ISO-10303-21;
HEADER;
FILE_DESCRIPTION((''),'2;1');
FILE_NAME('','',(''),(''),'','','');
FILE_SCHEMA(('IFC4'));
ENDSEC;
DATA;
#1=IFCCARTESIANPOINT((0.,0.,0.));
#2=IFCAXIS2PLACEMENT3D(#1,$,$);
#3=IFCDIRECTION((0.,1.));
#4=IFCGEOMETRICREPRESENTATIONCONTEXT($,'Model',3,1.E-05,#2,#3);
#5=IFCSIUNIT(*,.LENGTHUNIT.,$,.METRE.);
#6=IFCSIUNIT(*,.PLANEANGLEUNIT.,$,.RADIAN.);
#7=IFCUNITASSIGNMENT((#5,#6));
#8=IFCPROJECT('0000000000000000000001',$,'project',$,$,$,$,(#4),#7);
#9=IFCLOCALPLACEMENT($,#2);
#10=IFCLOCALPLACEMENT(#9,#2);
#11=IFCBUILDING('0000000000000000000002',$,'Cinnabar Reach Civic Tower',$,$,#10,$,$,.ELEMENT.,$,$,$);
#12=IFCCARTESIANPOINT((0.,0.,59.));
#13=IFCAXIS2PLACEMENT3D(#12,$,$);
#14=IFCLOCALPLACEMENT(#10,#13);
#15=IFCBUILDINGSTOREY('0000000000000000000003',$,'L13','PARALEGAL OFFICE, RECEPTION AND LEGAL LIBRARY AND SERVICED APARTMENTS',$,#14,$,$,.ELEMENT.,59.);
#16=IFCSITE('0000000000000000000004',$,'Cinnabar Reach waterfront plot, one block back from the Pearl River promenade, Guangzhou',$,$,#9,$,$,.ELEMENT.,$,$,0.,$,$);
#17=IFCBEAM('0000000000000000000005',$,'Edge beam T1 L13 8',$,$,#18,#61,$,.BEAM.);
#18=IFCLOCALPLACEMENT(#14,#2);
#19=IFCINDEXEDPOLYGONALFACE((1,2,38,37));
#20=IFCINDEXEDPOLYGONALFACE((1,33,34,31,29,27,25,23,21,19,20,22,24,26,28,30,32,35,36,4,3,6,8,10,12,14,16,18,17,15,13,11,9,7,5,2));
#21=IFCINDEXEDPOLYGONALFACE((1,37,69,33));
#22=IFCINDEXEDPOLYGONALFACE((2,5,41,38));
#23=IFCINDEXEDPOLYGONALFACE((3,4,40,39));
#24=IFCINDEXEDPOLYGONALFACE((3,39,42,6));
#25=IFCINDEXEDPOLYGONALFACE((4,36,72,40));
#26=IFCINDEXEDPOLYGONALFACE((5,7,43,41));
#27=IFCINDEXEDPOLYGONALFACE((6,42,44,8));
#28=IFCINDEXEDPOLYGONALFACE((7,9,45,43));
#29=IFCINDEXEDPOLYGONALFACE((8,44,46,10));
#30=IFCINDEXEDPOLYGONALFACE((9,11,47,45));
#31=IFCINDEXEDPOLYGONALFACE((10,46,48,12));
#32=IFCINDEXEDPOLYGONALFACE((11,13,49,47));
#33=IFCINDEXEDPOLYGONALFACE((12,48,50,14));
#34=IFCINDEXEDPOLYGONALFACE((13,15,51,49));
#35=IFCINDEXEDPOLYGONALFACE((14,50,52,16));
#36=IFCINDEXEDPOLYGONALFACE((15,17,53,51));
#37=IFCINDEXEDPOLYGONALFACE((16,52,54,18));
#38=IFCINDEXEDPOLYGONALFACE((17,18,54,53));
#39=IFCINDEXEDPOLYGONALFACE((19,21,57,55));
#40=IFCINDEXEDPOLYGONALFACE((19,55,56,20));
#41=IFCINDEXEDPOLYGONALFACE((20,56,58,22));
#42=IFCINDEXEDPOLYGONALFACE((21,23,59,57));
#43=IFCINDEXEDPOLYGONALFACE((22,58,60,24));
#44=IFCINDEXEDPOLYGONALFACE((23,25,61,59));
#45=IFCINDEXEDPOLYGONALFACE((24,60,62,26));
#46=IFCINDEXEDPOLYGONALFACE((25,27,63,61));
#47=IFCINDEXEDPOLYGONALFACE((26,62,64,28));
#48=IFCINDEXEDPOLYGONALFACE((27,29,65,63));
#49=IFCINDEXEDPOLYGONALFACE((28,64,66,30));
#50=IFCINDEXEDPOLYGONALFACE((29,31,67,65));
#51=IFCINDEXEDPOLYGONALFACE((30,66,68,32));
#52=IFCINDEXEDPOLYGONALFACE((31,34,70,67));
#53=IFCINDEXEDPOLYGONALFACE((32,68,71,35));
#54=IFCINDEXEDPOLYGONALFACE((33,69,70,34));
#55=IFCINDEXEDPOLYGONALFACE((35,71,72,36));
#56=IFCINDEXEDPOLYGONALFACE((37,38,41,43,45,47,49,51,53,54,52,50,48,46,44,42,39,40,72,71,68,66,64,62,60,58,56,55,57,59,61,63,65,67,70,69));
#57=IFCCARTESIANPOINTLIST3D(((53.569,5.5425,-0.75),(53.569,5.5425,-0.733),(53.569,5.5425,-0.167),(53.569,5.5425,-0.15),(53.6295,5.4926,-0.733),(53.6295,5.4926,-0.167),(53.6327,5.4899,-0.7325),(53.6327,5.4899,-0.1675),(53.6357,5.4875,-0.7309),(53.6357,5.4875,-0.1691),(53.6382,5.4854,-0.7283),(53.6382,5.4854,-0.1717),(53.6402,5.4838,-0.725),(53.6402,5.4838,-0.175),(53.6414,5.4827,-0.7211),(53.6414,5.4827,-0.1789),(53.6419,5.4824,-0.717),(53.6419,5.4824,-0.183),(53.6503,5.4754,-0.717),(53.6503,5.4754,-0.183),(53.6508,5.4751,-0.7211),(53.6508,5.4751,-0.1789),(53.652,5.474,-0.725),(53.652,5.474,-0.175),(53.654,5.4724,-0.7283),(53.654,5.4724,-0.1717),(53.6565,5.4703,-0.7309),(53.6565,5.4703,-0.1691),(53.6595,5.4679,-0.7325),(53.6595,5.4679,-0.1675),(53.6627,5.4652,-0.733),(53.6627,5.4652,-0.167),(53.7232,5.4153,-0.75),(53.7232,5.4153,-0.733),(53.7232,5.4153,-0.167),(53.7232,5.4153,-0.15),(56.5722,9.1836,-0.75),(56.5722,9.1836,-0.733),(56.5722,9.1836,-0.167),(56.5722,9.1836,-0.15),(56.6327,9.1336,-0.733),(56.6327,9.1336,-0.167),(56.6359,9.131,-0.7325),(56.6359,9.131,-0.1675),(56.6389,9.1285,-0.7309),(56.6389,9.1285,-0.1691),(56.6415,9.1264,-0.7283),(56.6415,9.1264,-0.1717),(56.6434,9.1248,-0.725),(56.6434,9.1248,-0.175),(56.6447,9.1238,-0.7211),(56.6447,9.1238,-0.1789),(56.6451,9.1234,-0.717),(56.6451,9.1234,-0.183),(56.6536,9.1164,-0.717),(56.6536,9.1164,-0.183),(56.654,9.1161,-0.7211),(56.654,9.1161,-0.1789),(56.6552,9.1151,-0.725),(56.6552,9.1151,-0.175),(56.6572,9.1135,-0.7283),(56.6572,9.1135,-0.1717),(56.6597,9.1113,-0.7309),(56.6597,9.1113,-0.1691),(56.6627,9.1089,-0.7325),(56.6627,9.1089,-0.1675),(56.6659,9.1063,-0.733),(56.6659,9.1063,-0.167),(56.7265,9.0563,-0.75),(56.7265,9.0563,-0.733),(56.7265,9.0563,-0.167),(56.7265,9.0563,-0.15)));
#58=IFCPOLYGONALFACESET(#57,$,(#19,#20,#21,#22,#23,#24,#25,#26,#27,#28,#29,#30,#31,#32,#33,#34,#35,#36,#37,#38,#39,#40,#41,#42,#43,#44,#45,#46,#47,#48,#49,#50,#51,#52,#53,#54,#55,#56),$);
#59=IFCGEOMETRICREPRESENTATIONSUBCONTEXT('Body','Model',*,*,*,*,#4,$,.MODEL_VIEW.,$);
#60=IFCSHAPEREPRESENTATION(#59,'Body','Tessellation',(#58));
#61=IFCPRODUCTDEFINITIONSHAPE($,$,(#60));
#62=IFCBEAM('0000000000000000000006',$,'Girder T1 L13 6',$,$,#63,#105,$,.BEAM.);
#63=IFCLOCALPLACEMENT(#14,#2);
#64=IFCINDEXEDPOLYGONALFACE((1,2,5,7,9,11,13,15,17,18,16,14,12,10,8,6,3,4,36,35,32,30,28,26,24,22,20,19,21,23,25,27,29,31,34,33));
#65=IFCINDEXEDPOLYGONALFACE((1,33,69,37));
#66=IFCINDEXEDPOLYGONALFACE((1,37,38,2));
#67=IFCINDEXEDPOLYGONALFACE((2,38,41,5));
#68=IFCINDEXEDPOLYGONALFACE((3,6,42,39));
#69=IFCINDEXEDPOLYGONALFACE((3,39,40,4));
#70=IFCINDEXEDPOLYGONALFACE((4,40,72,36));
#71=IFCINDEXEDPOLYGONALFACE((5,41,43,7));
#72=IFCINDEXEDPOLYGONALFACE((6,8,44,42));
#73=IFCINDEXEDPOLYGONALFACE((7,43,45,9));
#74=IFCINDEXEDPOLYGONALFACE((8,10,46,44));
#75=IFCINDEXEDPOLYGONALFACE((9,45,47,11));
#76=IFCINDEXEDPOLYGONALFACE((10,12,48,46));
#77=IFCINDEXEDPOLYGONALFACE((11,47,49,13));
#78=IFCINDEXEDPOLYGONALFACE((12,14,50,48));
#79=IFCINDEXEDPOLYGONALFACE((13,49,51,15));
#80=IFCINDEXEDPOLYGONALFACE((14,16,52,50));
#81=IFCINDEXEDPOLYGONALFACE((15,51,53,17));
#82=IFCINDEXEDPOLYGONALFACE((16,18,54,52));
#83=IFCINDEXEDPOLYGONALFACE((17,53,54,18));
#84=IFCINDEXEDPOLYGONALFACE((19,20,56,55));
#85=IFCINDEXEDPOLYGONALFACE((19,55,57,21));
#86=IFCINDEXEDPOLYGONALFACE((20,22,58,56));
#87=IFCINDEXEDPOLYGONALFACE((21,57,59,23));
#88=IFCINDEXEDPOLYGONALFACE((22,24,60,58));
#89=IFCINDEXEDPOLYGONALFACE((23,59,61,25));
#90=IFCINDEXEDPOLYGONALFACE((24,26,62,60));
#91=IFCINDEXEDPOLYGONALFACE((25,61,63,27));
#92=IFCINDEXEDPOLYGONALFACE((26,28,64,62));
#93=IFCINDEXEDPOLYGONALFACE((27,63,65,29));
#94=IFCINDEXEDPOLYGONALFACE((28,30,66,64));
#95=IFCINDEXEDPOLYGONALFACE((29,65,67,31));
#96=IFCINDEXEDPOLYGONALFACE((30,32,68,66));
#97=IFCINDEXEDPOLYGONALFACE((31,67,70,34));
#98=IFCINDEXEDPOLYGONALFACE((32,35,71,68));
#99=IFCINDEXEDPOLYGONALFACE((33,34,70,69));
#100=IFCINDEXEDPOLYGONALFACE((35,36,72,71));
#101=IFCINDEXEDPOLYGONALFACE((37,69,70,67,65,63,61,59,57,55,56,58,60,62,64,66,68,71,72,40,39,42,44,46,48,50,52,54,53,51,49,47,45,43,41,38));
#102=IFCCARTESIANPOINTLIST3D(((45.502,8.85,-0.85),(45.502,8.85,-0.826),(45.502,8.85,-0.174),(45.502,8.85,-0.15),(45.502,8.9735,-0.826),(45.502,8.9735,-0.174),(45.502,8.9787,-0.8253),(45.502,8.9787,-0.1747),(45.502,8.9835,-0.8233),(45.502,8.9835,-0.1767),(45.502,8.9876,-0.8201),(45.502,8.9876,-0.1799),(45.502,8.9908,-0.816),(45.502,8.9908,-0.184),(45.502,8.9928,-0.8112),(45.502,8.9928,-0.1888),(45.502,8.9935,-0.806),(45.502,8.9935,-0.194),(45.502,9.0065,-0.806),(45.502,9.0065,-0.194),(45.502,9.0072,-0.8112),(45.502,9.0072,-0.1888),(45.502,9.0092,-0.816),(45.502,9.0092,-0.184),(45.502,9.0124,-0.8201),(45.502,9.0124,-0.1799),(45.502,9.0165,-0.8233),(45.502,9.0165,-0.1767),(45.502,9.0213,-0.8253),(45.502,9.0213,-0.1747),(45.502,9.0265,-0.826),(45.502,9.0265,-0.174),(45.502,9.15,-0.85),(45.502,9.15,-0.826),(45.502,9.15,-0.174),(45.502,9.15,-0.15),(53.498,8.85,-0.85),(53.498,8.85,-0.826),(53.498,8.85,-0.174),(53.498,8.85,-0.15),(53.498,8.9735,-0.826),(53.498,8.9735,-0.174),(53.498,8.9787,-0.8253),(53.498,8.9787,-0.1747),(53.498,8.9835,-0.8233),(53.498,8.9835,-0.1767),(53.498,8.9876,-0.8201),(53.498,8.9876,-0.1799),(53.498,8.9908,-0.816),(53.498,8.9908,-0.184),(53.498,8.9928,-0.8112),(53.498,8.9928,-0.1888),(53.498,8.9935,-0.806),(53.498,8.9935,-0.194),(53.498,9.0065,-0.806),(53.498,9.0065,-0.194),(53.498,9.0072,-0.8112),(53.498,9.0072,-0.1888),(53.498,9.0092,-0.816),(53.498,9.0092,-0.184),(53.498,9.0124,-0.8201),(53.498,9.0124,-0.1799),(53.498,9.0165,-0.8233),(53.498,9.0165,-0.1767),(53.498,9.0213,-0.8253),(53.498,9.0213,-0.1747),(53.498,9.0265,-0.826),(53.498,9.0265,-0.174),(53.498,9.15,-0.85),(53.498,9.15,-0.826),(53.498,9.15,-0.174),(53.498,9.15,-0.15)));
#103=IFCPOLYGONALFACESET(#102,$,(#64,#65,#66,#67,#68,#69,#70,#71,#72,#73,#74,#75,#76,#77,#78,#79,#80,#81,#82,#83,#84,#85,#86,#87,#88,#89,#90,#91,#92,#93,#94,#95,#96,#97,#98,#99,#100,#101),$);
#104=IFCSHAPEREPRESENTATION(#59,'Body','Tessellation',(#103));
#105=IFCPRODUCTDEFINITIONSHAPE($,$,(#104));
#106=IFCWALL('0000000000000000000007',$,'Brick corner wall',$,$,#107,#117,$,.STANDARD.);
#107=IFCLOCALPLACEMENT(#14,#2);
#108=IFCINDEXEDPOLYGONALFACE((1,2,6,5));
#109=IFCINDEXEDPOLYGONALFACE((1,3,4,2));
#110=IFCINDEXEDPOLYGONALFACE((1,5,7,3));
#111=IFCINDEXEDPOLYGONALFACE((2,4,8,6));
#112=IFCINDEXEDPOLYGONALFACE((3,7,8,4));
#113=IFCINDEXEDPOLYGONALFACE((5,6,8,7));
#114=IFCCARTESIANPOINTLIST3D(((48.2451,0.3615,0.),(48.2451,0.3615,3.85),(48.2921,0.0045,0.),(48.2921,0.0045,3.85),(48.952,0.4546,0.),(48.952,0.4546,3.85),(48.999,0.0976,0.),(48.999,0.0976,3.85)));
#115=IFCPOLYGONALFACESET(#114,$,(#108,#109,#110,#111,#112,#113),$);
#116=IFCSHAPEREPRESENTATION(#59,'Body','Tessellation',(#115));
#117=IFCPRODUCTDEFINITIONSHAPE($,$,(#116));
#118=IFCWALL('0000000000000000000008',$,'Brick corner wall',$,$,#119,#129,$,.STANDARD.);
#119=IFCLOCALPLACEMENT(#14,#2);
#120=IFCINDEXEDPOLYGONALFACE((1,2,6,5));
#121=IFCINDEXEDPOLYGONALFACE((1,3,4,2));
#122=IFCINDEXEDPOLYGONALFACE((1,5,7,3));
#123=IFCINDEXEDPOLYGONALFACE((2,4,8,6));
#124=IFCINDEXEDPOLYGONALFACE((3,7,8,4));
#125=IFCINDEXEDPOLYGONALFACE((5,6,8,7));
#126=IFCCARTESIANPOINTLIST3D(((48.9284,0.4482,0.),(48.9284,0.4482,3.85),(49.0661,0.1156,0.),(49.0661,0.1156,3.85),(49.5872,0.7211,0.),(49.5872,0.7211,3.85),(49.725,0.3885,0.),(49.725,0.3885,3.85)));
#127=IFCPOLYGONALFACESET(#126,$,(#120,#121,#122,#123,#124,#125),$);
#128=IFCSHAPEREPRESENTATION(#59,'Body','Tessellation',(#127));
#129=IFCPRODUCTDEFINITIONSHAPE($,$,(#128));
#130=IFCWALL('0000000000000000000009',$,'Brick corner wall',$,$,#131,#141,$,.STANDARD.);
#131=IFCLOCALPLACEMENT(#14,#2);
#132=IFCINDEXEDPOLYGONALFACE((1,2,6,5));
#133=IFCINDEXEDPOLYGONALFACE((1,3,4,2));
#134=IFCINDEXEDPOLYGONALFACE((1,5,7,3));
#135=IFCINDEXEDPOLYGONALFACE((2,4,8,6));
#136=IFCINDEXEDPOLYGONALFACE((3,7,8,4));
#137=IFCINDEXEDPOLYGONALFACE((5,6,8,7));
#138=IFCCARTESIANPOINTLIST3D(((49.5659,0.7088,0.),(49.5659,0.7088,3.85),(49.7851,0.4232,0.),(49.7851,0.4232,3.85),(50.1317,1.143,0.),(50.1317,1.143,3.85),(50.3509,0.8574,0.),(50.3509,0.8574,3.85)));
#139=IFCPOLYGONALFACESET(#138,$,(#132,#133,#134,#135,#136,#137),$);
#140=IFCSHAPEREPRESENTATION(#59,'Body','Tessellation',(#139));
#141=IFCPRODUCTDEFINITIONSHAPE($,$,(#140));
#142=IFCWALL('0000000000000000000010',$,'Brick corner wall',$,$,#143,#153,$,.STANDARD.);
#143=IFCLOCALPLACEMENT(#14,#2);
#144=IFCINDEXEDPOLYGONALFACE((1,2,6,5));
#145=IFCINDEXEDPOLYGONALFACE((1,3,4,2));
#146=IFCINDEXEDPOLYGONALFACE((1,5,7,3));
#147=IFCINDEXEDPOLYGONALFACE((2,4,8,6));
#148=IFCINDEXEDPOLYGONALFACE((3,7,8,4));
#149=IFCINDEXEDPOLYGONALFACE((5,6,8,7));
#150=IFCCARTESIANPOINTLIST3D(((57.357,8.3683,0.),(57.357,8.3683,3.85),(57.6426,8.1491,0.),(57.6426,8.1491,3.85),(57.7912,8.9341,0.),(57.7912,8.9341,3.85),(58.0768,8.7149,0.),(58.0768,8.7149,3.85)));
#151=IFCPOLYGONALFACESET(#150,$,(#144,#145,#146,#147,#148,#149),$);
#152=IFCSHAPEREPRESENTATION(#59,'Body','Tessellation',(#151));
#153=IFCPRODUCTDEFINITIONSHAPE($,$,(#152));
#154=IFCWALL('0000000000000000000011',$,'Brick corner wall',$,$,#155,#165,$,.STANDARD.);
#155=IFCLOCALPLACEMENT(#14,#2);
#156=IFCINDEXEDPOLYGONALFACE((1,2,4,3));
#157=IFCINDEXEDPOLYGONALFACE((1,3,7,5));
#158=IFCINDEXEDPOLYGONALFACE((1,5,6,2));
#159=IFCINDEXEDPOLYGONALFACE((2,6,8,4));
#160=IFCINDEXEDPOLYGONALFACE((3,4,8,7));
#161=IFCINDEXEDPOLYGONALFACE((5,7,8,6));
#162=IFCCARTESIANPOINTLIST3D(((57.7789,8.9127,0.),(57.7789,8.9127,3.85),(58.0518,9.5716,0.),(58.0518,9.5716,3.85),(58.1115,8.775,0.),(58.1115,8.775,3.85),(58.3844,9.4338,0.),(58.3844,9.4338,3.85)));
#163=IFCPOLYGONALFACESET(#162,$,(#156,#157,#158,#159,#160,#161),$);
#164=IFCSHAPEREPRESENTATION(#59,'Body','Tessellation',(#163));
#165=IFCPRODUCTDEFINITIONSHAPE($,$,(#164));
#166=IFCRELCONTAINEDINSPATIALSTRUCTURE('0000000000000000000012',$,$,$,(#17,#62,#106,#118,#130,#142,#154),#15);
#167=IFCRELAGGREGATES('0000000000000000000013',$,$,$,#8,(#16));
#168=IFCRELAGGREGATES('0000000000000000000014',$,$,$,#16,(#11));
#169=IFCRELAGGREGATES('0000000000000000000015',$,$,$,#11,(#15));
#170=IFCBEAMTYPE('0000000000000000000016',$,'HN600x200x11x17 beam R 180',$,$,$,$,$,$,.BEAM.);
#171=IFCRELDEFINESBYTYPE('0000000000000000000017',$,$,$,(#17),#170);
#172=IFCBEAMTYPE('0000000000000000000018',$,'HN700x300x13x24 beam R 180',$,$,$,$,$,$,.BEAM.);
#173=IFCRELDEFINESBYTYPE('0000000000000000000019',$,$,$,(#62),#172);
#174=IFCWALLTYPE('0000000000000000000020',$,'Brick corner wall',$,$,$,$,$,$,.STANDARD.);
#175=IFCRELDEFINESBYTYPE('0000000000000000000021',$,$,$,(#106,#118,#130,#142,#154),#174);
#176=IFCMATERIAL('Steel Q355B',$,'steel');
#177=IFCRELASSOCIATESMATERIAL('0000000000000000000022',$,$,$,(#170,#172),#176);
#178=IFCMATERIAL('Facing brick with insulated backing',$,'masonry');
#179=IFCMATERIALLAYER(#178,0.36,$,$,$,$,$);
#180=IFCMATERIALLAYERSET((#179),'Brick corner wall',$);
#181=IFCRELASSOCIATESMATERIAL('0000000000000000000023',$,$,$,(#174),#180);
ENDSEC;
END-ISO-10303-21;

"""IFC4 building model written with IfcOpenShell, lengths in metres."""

from ifc_helpers import new_model, si_unit, direction, frame, frame_2d, origin, origin_2d, place, context, subcontext, project, spatial, rectangle, i_section, extrude, material, layer, layer_set, material_profile, profile_set, type_object, element, save


model = new_model("IFC4")

# Units and contexts
model_context = context("Model", 3, precision=1e-05, world=origin(), true_north=direction((0.0, 1.0)))
body_context = subcontext(model_context, "Body", "Model", "MODEL_VIEW")
ifc_project = project(units=[si_unit("LENGTHUNIT", "METRE"), si_unit("PLANEANGLEUNIT", "RADIAN")], contexts=[model_context])

# Site, building, storey
site_placement = place(None, origin())
site = spatial("IfcSite", under=ifc_project, at=site_placement, Name="Cinnabar Reach waterfront plot, one block back from the Pearl River promenade, Guangzhou", CompositionType="ELEMENT", RefElevation=0.0)
building_placement = place(site_placement, origin())
building = spatial("IfcBuilding", under=site, at=building_placement, Name="Cinnabar Reach Civic Tower", CompositionType="ELEMENT")
storey_placement = place(building_placement, frame((0.0, 0.0, 59.0)))
storey = spatial("IfcBuildingStorey", under=building, at=storey_placement, Name="L13", Description="PARALEGAL OFFICE, RECEPTION AND LEGAL LIBRARY AND SERVICED APARTMENTS", CompositionType="ELEMENT", Elevation=59.0)

# Beams
ifc_material_1 = material(Name="Steel Q355B", Category="steel")
ifc_material_profile_1 = material_profile(ifc_material_1, i_section(OverallWidth=0.2, OverallDepth=0.6, WebThickness=0.011, FlangeThickness=0.017, FilletRadius=0.016, at=origin_2d()), Name="HN600x200x11x17")
ifc_profile_set_1 = profile_set([ifc_material_profile_1], Name="Steel Q355B")
beam_type_1 = type_object("IfcBeamType", Name="HN600x200x11x17 beam R 180", PredefinedType="BEAM", material=ifc_profile_set_1)
for number, where, z_axis, x_axis, name in (
    (1, (53.6461, 5.4789, -0.45), (0.636304, 0.771438, 0.0), (-0.771438, 0.636304, 0.0), "Edge beam T1 L13 8"),
):
    element("IfcBeam", number, at=place(storey_placement, frame(where, z_axis=z_axis, x_axis=x_axis)), inside=storey, type_object=beam_type_1, Name=name, PredefinedType="BEAM", context=body_context, shape_type="SweptSolid", body=[
        extrude(i_section(OverallWidth=0.2, OverallDepth=0.6, WebThickness=0.011, FlangeThickness=0.017, FilletRadius=0.016, at=origin_2d()), origin(), (0.0, 0.0, 1.0), 4.7198),
    ])
ifc_material_profile_2 = material_profile(ifc_material_1, i_section(OverallWidth=0.3, OverallDepth=0.7, WebThickness=0.013, FlangeThickness=0.024, FilletRadius=0.02, at=origin_2d()), Name="HN700x300x13x24")
ifc_profile_set_2 = profile_set([ifc_material_profile_2], Name="Steel Q355B")
beam_type_2 = type_object("IfcBeamType", Name="HN700x300x13x24 beam R 180", PredefinedType="BEAM", material=ifc_profile_set_2)
beam_1_placement = place(storey_placement, frame((45.502, 9.0, -0.5), z_axis=(1.0, 0.0, 0.0), x_axis=(0.0, 1.0, 0.0)))
element("IfcBeam", 2, at=beam_1_placement, inside=storey, type_object=beam_type_2, Name="Girder T1 L13 6", PredefinedType="BEAM", context=body_context, shape_type="SweptSolid", body=[
    extrude(i_section(OverallWidth=0.3, OverallDepth=0.7, WebThickness=0.013, FlangeThickness=0.024, FilletRadius=0.02, at=origin_2d()), origin(), (0.0, 0.0, 1.0), 7.996),
])

# Walls
ifc_material_2 = material(Name="Facing brick with insulated backing", Category="masonry")
ifc_layer_1 = layer(ifc_material_2, 0.36)
ifc_layer_set_1 = layer_set([ifc_layer_1], Name="Brick corner wall")
wall_type_1 = type_object("IfcWallType", Name="Brick corner wall", PredefinedType="STANDARD", material=ifc_layer_set_1)
for number, where, z_axis, x_axis, name in (
    (3, (48.2686, 0.183, 0.0), (0.0, 0.0, 1.0), (0.991441, 0.130556, 0.0), "Brick corner wall"),
    (4, (48.9973, 0.2819, 0.0), (0.0, 0.0, 1.0), (0.923872, 0.382703, 0.0), "Brick corner wall"),
):
    element("IfcWall", number, at=place(storey_placement, frame(where, z_axis=z_axis, x_axis=x_axis)), inside=storey, type_object=wall_type_1, Name=name, PredefinedType="STANDARD", context=body_context, shape_type="SweptSolid", body=[
        extrude(rectangle(XDim=0.7131, YDim=0.36, at=frame_2d((0.3565, 0.0))), origin(), (0.0, 0.0, 1.0), 3.85),
    ])
for number, where, z_axis, x_axis, name in (
    (5, (49.6755, 0.566, 0.0), (0.0, 0.0, 1.0), (0.793322, 0.608802, 0.0), "Brick corner wall"),
    (6, (57.4998, 8.2587, 0.0), (0.0, 0.0, 1.0), (0.608802, 0.793322, 0.0), "Brick corner wall"),
):
    element("IfcWall", number, at=place(storey_placement, frame(where, z_axis=z_axis, x_axis=x_axis)), inside=storey, type_object=wall_type_1, Name=name, PredefinedType="STANDARD", context=body_context, shape_type="SweptSolid", body=[
        extrude(rectangle(XDim=0.7132, YDim=0.36, at=frame_2d((0.3566, 0.0))), origin(), (0.0, 0.0, 1.0), 3.85),
    ])
wall_1_placement = place(storey_placement, frame((57.9452, 8.8439, 0.0), z_axis=(0.0, 0.0, 1.0), x_axis=(0.382703, 0.923872, 0.0)))
element("IfcWall", 7, at=wall_1_placement, inside=storey, type_object=wall_type_1, Name="Brick corner wall", PredefinedType="STANDARD", context=body_context, shape_type="SweptSolid", body=[
    extrude(rectangle(XDim=0.7131, YDim=0.36, at=frame_2d((0.3565, 0.0))), origin(), (0.0, 0.0, 1.0), 3.85),
])

save(model, "model.ifc")
